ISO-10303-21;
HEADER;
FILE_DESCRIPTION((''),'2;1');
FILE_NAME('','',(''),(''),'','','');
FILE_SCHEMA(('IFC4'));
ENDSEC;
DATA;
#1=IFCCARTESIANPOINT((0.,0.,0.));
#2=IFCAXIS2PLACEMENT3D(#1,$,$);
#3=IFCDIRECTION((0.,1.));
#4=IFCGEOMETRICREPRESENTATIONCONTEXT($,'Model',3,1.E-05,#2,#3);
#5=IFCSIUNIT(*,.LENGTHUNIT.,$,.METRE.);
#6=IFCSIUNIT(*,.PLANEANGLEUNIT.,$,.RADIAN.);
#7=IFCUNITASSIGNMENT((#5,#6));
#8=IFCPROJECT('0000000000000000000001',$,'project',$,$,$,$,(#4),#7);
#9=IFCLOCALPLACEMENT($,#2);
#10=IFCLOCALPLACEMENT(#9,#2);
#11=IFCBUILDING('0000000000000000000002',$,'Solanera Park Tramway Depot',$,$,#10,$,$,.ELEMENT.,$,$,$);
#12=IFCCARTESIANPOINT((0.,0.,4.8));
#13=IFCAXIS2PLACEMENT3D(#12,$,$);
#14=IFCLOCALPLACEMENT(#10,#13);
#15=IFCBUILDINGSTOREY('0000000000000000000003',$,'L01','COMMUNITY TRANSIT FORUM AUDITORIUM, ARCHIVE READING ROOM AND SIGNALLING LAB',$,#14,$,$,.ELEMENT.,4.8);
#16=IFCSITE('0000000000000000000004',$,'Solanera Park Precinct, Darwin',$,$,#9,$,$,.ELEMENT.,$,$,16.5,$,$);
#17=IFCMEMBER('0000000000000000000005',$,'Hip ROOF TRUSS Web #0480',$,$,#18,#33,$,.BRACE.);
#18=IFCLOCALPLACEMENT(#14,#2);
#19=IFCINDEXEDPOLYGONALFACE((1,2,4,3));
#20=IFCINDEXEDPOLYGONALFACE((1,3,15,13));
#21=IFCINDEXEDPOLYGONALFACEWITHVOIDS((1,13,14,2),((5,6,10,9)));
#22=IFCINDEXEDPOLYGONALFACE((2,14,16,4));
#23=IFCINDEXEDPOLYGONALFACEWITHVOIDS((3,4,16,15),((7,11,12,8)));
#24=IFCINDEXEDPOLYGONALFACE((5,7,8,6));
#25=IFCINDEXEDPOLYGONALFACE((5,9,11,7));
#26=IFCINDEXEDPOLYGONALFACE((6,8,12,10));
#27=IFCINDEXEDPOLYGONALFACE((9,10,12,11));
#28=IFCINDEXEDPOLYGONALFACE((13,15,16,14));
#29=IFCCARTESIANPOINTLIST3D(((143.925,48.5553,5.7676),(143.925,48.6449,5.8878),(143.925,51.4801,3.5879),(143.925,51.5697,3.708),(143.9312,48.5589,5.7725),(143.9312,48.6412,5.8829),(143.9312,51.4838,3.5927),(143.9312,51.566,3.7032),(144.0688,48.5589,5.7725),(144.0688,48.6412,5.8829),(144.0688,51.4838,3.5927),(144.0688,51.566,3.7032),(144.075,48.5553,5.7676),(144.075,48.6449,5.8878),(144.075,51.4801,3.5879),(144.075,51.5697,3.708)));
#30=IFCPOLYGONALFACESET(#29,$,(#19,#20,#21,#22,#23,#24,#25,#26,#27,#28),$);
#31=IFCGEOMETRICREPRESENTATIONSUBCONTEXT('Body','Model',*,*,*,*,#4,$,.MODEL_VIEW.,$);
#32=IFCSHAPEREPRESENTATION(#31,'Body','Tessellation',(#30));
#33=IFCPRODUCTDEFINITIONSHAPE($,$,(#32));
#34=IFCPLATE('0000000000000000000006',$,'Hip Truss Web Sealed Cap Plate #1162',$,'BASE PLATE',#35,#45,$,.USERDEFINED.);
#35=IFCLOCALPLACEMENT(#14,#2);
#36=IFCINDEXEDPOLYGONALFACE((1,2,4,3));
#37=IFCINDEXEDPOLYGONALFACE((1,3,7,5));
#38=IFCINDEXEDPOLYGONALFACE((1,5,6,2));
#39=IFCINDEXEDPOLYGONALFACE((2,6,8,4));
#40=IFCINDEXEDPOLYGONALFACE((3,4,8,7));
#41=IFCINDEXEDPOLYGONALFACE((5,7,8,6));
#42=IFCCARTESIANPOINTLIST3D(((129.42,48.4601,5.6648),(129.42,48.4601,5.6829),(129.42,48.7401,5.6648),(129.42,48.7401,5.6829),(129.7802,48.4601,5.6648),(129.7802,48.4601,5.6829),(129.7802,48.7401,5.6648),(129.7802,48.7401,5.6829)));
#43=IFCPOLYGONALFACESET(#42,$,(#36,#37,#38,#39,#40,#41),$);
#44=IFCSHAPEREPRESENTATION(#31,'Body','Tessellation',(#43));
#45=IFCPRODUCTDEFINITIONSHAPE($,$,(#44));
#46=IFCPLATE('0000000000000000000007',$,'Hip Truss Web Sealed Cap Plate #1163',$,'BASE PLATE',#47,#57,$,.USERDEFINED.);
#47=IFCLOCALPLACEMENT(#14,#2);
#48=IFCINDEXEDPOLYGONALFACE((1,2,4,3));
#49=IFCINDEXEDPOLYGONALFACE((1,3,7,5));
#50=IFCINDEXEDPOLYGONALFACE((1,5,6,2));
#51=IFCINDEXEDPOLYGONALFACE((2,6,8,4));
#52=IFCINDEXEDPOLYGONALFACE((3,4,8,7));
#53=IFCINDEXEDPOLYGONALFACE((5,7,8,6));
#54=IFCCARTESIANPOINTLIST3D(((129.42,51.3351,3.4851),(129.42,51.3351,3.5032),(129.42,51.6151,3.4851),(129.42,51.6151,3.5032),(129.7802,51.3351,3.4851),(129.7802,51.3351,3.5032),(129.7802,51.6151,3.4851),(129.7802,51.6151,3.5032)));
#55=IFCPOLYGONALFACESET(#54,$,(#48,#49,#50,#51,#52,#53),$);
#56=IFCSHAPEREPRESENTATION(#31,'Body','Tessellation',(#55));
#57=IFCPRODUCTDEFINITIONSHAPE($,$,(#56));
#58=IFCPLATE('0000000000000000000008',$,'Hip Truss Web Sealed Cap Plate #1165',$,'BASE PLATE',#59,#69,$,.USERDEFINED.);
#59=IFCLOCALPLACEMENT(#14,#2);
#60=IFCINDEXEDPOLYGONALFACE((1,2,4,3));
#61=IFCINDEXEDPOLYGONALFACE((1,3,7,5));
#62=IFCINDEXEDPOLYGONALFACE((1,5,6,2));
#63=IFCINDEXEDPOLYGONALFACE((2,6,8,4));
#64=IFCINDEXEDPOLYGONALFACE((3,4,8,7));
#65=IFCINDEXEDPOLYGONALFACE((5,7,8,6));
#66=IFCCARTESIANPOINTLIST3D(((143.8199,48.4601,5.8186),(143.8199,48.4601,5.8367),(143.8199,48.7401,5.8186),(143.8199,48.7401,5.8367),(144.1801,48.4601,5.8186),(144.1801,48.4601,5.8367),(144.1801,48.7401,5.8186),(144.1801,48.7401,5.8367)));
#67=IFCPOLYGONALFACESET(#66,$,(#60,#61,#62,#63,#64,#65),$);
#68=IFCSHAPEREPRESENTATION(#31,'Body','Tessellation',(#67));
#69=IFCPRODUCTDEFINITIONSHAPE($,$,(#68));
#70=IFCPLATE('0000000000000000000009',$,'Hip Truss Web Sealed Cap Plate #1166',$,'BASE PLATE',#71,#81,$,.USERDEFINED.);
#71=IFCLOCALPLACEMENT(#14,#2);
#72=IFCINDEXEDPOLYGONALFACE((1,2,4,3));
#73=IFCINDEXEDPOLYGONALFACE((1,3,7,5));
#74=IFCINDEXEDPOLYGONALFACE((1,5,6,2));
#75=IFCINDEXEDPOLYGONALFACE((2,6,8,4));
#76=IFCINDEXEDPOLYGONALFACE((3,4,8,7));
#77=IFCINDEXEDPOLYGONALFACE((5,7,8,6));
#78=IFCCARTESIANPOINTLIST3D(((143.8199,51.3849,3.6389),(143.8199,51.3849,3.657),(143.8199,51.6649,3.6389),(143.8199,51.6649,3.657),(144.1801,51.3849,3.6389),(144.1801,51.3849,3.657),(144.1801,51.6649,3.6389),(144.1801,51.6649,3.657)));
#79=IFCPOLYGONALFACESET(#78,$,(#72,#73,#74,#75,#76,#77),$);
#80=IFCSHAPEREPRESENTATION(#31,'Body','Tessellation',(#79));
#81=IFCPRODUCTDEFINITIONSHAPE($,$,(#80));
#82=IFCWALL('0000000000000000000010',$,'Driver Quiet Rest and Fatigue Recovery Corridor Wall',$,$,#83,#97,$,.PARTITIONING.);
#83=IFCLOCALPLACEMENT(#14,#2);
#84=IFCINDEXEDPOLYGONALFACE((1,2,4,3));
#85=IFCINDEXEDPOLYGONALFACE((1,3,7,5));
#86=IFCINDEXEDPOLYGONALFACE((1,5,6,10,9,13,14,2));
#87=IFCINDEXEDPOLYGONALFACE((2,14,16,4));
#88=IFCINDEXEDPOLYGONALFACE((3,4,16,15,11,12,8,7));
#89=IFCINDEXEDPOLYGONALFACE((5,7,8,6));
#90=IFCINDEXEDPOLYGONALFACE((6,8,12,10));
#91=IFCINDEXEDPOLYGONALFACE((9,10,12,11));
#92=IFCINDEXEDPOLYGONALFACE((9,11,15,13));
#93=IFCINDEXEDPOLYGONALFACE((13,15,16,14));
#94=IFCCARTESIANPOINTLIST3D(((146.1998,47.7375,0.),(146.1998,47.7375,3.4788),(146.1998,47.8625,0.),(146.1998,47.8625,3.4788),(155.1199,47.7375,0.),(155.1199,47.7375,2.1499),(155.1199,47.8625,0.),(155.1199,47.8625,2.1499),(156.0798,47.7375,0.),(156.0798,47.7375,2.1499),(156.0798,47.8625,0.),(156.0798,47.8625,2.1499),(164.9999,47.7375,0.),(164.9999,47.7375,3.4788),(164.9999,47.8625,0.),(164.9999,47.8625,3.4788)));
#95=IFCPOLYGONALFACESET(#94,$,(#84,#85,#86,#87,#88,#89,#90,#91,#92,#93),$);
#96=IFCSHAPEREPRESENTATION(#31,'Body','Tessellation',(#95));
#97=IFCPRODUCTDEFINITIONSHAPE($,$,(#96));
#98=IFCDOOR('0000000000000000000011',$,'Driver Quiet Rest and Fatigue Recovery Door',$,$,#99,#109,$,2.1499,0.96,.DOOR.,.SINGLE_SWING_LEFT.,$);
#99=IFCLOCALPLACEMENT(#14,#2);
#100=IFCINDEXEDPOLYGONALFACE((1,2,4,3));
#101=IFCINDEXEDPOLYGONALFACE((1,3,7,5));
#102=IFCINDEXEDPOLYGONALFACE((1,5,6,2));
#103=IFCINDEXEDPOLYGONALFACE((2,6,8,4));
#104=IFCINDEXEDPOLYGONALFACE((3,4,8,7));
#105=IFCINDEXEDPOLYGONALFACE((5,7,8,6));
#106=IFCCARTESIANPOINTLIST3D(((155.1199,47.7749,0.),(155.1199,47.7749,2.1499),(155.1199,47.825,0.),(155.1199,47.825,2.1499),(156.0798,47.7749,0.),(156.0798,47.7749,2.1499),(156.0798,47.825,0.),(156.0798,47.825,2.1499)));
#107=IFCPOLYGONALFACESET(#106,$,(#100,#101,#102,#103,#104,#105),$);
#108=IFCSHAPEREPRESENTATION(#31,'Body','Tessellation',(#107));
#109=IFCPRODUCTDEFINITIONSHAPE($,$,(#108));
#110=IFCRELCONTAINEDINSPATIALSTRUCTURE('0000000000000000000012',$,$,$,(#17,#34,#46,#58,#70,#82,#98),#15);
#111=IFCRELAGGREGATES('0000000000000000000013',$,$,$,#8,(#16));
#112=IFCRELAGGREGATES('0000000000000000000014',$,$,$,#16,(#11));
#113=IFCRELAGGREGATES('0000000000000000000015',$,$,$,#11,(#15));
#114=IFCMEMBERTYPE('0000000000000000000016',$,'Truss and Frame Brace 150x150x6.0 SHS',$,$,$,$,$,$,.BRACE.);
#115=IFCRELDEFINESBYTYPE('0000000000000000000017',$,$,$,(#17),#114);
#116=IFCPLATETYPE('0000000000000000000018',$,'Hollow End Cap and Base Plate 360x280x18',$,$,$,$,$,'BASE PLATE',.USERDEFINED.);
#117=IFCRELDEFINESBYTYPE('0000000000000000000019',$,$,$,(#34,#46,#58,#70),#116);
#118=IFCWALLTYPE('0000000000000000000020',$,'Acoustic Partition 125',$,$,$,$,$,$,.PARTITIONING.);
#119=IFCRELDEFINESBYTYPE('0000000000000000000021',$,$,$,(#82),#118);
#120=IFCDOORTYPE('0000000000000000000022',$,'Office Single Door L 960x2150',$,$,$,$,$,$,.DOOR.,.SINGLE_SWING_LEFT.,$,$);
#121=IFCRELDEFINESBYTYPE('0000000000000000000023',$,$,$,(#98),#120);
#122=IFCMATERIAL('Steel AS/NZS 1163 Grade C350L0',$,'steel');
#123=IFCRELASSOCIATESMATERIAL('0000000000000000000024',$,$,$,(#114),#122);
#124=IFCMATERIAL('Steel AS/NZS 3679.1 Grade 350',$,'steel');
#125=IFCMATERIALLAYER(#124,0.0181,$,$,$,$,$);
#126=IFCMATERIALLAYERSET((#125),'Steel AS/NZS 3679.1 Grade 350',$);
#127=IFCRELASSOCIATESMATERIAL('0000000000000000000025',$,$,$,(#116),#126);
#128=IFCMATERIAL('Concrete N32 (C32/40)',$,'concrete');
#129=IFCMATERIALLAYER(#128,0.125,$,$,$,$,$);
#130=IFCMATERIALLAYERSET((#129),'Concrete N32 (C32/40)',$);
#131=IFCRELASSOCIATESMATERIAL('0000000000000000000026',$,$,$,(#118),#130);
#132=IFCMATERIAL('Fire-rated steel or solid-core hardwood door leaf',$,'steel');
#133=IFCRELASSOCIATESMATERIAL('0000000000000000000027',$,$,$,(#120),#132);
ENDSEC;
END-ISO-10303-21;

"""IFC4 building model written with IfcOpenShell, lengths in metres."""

from ifc_helpers import new_model, si_unit, direction, frame, frame_2d, origin, origin_2d, place, context, subcontext, project, spatial, rectangle, hollow_rectangle, extrude, material, layer, layer_set, material_profile, profile_set, type_object, element, fill, save


model = new_model("IFC4")

# Units and contexts
model_context = context("Model", 3, precision=1e-05, world=origin(), true_north=direction((0.0, 1.0)))
body_context = subcontext(model_context, "Body", "Model", "MODEL_VIEW")
ifc_project = project(units=[si_unit("LENGTHUNIT", "METRE"), si_unit("PLANEANGLEUNIT", "RADIAN")], contexts=[model_context])

# Site, building, storey
site_placement = place(None, origin())
site = spatial("IfcSite", under=ifc_project, at=site_placement, Name="Solanera Park Precinct, Darwin", CompositionType="ELEMENT", RefElevation=16.5)
building_placement = place(site_placement, origin())
building = spatial("IfcBuilding", under=site, at=building_placement, Name="Solanera Park Tramway Depot", CompositionType="ELEMENT")
storey_placement = place(building_placement, frame((0.0, 0.0, 4.8)))
storey = spatial("IfcBuildingStorey", under=building, at=storey_placement, Name="L01", Description="COMMUNITY TRANSIT FORUM AUDITORIUM, ARCHIVE READING ROOM AND SIGNALLING LAB", CompositionType="ELEMENT", Elevation=4.8)

# Member
ifc_material_1 = material(Name="Steel AS/NZS 1163 Grade C350L0", Category="steel")
ifc_material_profile_1 = material_profile(ifc_material_1, hollow_rectangle(XDim=0.1499, YDim=0.1499, WallThickness=0.0061, at=origin_2d()), Name="150x150x6.0 SHS")
ifc_profile_set_1 = profile_set([ifc_material_profile_1], Name="Steel AS/NZS 1163 Grade C350L0")
member_type_1 = type_object("IfcMemberType", Name="Truss and Frame Brace 150x150x6.0 SHS", PredefinedType="BRACE", material=ifc_profile_set_1)
member_1_placement = place(storey_placement, frame((144.0, 51.5249, 3.6479), z_axis=(0.0, -0.801827, 0.597556), x_axis=(1.0, 0.0, 0.0)))
element("IfcMember", 1, at=member_1_placement, inside=storey, type_object=member_type_1, Name="Hip ROOF TRUSS Web #0480", PredefinedType="BRACE", context=body_context, shape_type="SweptSolid", body=[
    extrude(hollow_rectangle(XDim=0.1499, YDim=0.1499, WallThickness=0.0061, at=origin_2d()), origin(), (0.0, 0.0, 1.0), 3.6477),
])

# Plates
ifc_material_2 = material(Name="Steel AS/NZS 3679.1 Grade 350", Category="steel")
ifc_layer_1 = layer(ifc_material_2, 0.0181)
ifc_layer_set_1 = layer_set([ifc_layer_1], Name="Steel AS/NZS 3679.1 Grade 350")
plate_type = type_object("IfcPlateType", Name="Hollow End Cap and Base Plate 360x280x18", ElementType="BASE PLATE", PredefinedType="USERDEFINED", material=ifc_layer_set_1)
for number, where, z_axis, x_axis, name in (
    (2, (129.6001, 48.6001, 5.6648), (0.0, 0.0, 1.0), (1.0, 0.0, 0.0), "Hip Truss Web Sealed Cap Plate #1162"),
    (3, (129.6001, 51.4751, 3.4851), (0.0, 0.0, 1.0), (1.0, 0.0, 0.0), "Hip Truss Web Sealed Cap Plate #1163"),
    (4, (144.0, 48.6001, 5.8186), (0.0, 0.0, 1.0), (1.0, 0.0, 0.0), "Hip Truss Web Sealed Cap Plate #1165"),
    (5, (144.0, 51.5249, 3.6389), (0.0, 0.0, 1.0), (1.0, 0.0, 0.0), "Hip Truss Web Sealed Cap Plate #1166"),
):
    element("IfcPlate", number, at=place(storey_placement, frame(where, z_axis=z_axis, x_axis=x_axis)), inside=storey, type_object=plate_type, Name=name, ObjectType="BASE PLATE", PredefinedType="USERDEFINED", context=body_context, shape_type="SweptSolid", body=[
        extrude(rectangle(XDim=0.3601, YDim=0.28, at=origin_2d()), origin(), (0.0, 0.0, 1.0), 0.0181),
    ])

# Wall, opening, door
ifc_material_3 = material(Name="Concrete N32 (C32/40)", Category="concrete")
ifc_layer_2 = layer(ifc_material_3, 0.125)
ifc_layer_set_2 = layer_set([ifc_layer_2], Name="Concrete N32 (C32/40)")
wall_type = type_object("IfcWallType", Name="Acoustic Partition 125", PredefinedType="PARTITIONING", material=ifc_layer_set_2)
wall_placement = place(storey_placement, frame((146.2, 47.8, 0.0), z_axis=(0.0, 0.0, 1.0), x_axis=(1.0, 0.0, 0.0)))
wall = element("IfcWall", 6, at=wall_placement, inside=storey, type_object=wall_type, Name="Driver Quiet Rest and Fatigue Recovery Corridor Wall", PredefinedType="PARTITIONING", context=body_context, shape_type="SweptSolid", body=[
    extrude(rectangle(XDim=18.8, YDim=0.125, at=frame_2d((9.3999, 0.0))), origin(), (0.0, 0.0, 1.0), 3.4788),
])
opening_placement = place(wall_placement, frame((8.9199, 0.0, 0.0)))
opening = element("IfcOpeningElement", 7, at=opening_placement, cuts=wall, PredefinedType="OPENING", context=body_context, shape_type="SweptSolid", body=[
    extrude(rectangle(XDim=0.96, YDim=2.1499, at=frame_2d((0.48, 1.075))), frame((0.0, 0.0725, 0.0), z_axis=(0.0, -1.0, 0.0), x_axis=(1.0, 0.0, 0.0)), (0.0, 0.0, 1.0), 0.145),
])
ifc_material_4 = material(Name="Fire-rated steel or solid-core hardwood door leaf", Category="steel")
door_type = type_object("IfcDoorType", Name="Office Single Door L 960x2150", OperationType="SINGLE_SWING_LEFT", PredefinedType="DOOR", material=ifc_material_4)
door_placement = place(opening_placement, origin())
door = element("IfcDoor", 8, at=door_placement, inside=storey, type_object=door_type, Name="Driver Quiet Rest and Fatigue Recovery Door", OperationType="SINGLE_SWING_LEFT", OverallHeight=2.1499, OverallWidth=0.96, PredefinedType="DOOR", context=body_context, shape_type="SweptSolid", body=[
    extrude(rectangle(XDim=0.96, YDim=2.1499, at=frame_2d((0.48, 1.075))), frame((0.0, 0.0249, 0.0), z_axis=(0.0, -1.0, 0.0), x_axis=(1.0, 0.0, 0.0)), (0.0, 0.0, 1.0), 0.05),
])
fill(opening, door)

save(model, "model.ifc")
